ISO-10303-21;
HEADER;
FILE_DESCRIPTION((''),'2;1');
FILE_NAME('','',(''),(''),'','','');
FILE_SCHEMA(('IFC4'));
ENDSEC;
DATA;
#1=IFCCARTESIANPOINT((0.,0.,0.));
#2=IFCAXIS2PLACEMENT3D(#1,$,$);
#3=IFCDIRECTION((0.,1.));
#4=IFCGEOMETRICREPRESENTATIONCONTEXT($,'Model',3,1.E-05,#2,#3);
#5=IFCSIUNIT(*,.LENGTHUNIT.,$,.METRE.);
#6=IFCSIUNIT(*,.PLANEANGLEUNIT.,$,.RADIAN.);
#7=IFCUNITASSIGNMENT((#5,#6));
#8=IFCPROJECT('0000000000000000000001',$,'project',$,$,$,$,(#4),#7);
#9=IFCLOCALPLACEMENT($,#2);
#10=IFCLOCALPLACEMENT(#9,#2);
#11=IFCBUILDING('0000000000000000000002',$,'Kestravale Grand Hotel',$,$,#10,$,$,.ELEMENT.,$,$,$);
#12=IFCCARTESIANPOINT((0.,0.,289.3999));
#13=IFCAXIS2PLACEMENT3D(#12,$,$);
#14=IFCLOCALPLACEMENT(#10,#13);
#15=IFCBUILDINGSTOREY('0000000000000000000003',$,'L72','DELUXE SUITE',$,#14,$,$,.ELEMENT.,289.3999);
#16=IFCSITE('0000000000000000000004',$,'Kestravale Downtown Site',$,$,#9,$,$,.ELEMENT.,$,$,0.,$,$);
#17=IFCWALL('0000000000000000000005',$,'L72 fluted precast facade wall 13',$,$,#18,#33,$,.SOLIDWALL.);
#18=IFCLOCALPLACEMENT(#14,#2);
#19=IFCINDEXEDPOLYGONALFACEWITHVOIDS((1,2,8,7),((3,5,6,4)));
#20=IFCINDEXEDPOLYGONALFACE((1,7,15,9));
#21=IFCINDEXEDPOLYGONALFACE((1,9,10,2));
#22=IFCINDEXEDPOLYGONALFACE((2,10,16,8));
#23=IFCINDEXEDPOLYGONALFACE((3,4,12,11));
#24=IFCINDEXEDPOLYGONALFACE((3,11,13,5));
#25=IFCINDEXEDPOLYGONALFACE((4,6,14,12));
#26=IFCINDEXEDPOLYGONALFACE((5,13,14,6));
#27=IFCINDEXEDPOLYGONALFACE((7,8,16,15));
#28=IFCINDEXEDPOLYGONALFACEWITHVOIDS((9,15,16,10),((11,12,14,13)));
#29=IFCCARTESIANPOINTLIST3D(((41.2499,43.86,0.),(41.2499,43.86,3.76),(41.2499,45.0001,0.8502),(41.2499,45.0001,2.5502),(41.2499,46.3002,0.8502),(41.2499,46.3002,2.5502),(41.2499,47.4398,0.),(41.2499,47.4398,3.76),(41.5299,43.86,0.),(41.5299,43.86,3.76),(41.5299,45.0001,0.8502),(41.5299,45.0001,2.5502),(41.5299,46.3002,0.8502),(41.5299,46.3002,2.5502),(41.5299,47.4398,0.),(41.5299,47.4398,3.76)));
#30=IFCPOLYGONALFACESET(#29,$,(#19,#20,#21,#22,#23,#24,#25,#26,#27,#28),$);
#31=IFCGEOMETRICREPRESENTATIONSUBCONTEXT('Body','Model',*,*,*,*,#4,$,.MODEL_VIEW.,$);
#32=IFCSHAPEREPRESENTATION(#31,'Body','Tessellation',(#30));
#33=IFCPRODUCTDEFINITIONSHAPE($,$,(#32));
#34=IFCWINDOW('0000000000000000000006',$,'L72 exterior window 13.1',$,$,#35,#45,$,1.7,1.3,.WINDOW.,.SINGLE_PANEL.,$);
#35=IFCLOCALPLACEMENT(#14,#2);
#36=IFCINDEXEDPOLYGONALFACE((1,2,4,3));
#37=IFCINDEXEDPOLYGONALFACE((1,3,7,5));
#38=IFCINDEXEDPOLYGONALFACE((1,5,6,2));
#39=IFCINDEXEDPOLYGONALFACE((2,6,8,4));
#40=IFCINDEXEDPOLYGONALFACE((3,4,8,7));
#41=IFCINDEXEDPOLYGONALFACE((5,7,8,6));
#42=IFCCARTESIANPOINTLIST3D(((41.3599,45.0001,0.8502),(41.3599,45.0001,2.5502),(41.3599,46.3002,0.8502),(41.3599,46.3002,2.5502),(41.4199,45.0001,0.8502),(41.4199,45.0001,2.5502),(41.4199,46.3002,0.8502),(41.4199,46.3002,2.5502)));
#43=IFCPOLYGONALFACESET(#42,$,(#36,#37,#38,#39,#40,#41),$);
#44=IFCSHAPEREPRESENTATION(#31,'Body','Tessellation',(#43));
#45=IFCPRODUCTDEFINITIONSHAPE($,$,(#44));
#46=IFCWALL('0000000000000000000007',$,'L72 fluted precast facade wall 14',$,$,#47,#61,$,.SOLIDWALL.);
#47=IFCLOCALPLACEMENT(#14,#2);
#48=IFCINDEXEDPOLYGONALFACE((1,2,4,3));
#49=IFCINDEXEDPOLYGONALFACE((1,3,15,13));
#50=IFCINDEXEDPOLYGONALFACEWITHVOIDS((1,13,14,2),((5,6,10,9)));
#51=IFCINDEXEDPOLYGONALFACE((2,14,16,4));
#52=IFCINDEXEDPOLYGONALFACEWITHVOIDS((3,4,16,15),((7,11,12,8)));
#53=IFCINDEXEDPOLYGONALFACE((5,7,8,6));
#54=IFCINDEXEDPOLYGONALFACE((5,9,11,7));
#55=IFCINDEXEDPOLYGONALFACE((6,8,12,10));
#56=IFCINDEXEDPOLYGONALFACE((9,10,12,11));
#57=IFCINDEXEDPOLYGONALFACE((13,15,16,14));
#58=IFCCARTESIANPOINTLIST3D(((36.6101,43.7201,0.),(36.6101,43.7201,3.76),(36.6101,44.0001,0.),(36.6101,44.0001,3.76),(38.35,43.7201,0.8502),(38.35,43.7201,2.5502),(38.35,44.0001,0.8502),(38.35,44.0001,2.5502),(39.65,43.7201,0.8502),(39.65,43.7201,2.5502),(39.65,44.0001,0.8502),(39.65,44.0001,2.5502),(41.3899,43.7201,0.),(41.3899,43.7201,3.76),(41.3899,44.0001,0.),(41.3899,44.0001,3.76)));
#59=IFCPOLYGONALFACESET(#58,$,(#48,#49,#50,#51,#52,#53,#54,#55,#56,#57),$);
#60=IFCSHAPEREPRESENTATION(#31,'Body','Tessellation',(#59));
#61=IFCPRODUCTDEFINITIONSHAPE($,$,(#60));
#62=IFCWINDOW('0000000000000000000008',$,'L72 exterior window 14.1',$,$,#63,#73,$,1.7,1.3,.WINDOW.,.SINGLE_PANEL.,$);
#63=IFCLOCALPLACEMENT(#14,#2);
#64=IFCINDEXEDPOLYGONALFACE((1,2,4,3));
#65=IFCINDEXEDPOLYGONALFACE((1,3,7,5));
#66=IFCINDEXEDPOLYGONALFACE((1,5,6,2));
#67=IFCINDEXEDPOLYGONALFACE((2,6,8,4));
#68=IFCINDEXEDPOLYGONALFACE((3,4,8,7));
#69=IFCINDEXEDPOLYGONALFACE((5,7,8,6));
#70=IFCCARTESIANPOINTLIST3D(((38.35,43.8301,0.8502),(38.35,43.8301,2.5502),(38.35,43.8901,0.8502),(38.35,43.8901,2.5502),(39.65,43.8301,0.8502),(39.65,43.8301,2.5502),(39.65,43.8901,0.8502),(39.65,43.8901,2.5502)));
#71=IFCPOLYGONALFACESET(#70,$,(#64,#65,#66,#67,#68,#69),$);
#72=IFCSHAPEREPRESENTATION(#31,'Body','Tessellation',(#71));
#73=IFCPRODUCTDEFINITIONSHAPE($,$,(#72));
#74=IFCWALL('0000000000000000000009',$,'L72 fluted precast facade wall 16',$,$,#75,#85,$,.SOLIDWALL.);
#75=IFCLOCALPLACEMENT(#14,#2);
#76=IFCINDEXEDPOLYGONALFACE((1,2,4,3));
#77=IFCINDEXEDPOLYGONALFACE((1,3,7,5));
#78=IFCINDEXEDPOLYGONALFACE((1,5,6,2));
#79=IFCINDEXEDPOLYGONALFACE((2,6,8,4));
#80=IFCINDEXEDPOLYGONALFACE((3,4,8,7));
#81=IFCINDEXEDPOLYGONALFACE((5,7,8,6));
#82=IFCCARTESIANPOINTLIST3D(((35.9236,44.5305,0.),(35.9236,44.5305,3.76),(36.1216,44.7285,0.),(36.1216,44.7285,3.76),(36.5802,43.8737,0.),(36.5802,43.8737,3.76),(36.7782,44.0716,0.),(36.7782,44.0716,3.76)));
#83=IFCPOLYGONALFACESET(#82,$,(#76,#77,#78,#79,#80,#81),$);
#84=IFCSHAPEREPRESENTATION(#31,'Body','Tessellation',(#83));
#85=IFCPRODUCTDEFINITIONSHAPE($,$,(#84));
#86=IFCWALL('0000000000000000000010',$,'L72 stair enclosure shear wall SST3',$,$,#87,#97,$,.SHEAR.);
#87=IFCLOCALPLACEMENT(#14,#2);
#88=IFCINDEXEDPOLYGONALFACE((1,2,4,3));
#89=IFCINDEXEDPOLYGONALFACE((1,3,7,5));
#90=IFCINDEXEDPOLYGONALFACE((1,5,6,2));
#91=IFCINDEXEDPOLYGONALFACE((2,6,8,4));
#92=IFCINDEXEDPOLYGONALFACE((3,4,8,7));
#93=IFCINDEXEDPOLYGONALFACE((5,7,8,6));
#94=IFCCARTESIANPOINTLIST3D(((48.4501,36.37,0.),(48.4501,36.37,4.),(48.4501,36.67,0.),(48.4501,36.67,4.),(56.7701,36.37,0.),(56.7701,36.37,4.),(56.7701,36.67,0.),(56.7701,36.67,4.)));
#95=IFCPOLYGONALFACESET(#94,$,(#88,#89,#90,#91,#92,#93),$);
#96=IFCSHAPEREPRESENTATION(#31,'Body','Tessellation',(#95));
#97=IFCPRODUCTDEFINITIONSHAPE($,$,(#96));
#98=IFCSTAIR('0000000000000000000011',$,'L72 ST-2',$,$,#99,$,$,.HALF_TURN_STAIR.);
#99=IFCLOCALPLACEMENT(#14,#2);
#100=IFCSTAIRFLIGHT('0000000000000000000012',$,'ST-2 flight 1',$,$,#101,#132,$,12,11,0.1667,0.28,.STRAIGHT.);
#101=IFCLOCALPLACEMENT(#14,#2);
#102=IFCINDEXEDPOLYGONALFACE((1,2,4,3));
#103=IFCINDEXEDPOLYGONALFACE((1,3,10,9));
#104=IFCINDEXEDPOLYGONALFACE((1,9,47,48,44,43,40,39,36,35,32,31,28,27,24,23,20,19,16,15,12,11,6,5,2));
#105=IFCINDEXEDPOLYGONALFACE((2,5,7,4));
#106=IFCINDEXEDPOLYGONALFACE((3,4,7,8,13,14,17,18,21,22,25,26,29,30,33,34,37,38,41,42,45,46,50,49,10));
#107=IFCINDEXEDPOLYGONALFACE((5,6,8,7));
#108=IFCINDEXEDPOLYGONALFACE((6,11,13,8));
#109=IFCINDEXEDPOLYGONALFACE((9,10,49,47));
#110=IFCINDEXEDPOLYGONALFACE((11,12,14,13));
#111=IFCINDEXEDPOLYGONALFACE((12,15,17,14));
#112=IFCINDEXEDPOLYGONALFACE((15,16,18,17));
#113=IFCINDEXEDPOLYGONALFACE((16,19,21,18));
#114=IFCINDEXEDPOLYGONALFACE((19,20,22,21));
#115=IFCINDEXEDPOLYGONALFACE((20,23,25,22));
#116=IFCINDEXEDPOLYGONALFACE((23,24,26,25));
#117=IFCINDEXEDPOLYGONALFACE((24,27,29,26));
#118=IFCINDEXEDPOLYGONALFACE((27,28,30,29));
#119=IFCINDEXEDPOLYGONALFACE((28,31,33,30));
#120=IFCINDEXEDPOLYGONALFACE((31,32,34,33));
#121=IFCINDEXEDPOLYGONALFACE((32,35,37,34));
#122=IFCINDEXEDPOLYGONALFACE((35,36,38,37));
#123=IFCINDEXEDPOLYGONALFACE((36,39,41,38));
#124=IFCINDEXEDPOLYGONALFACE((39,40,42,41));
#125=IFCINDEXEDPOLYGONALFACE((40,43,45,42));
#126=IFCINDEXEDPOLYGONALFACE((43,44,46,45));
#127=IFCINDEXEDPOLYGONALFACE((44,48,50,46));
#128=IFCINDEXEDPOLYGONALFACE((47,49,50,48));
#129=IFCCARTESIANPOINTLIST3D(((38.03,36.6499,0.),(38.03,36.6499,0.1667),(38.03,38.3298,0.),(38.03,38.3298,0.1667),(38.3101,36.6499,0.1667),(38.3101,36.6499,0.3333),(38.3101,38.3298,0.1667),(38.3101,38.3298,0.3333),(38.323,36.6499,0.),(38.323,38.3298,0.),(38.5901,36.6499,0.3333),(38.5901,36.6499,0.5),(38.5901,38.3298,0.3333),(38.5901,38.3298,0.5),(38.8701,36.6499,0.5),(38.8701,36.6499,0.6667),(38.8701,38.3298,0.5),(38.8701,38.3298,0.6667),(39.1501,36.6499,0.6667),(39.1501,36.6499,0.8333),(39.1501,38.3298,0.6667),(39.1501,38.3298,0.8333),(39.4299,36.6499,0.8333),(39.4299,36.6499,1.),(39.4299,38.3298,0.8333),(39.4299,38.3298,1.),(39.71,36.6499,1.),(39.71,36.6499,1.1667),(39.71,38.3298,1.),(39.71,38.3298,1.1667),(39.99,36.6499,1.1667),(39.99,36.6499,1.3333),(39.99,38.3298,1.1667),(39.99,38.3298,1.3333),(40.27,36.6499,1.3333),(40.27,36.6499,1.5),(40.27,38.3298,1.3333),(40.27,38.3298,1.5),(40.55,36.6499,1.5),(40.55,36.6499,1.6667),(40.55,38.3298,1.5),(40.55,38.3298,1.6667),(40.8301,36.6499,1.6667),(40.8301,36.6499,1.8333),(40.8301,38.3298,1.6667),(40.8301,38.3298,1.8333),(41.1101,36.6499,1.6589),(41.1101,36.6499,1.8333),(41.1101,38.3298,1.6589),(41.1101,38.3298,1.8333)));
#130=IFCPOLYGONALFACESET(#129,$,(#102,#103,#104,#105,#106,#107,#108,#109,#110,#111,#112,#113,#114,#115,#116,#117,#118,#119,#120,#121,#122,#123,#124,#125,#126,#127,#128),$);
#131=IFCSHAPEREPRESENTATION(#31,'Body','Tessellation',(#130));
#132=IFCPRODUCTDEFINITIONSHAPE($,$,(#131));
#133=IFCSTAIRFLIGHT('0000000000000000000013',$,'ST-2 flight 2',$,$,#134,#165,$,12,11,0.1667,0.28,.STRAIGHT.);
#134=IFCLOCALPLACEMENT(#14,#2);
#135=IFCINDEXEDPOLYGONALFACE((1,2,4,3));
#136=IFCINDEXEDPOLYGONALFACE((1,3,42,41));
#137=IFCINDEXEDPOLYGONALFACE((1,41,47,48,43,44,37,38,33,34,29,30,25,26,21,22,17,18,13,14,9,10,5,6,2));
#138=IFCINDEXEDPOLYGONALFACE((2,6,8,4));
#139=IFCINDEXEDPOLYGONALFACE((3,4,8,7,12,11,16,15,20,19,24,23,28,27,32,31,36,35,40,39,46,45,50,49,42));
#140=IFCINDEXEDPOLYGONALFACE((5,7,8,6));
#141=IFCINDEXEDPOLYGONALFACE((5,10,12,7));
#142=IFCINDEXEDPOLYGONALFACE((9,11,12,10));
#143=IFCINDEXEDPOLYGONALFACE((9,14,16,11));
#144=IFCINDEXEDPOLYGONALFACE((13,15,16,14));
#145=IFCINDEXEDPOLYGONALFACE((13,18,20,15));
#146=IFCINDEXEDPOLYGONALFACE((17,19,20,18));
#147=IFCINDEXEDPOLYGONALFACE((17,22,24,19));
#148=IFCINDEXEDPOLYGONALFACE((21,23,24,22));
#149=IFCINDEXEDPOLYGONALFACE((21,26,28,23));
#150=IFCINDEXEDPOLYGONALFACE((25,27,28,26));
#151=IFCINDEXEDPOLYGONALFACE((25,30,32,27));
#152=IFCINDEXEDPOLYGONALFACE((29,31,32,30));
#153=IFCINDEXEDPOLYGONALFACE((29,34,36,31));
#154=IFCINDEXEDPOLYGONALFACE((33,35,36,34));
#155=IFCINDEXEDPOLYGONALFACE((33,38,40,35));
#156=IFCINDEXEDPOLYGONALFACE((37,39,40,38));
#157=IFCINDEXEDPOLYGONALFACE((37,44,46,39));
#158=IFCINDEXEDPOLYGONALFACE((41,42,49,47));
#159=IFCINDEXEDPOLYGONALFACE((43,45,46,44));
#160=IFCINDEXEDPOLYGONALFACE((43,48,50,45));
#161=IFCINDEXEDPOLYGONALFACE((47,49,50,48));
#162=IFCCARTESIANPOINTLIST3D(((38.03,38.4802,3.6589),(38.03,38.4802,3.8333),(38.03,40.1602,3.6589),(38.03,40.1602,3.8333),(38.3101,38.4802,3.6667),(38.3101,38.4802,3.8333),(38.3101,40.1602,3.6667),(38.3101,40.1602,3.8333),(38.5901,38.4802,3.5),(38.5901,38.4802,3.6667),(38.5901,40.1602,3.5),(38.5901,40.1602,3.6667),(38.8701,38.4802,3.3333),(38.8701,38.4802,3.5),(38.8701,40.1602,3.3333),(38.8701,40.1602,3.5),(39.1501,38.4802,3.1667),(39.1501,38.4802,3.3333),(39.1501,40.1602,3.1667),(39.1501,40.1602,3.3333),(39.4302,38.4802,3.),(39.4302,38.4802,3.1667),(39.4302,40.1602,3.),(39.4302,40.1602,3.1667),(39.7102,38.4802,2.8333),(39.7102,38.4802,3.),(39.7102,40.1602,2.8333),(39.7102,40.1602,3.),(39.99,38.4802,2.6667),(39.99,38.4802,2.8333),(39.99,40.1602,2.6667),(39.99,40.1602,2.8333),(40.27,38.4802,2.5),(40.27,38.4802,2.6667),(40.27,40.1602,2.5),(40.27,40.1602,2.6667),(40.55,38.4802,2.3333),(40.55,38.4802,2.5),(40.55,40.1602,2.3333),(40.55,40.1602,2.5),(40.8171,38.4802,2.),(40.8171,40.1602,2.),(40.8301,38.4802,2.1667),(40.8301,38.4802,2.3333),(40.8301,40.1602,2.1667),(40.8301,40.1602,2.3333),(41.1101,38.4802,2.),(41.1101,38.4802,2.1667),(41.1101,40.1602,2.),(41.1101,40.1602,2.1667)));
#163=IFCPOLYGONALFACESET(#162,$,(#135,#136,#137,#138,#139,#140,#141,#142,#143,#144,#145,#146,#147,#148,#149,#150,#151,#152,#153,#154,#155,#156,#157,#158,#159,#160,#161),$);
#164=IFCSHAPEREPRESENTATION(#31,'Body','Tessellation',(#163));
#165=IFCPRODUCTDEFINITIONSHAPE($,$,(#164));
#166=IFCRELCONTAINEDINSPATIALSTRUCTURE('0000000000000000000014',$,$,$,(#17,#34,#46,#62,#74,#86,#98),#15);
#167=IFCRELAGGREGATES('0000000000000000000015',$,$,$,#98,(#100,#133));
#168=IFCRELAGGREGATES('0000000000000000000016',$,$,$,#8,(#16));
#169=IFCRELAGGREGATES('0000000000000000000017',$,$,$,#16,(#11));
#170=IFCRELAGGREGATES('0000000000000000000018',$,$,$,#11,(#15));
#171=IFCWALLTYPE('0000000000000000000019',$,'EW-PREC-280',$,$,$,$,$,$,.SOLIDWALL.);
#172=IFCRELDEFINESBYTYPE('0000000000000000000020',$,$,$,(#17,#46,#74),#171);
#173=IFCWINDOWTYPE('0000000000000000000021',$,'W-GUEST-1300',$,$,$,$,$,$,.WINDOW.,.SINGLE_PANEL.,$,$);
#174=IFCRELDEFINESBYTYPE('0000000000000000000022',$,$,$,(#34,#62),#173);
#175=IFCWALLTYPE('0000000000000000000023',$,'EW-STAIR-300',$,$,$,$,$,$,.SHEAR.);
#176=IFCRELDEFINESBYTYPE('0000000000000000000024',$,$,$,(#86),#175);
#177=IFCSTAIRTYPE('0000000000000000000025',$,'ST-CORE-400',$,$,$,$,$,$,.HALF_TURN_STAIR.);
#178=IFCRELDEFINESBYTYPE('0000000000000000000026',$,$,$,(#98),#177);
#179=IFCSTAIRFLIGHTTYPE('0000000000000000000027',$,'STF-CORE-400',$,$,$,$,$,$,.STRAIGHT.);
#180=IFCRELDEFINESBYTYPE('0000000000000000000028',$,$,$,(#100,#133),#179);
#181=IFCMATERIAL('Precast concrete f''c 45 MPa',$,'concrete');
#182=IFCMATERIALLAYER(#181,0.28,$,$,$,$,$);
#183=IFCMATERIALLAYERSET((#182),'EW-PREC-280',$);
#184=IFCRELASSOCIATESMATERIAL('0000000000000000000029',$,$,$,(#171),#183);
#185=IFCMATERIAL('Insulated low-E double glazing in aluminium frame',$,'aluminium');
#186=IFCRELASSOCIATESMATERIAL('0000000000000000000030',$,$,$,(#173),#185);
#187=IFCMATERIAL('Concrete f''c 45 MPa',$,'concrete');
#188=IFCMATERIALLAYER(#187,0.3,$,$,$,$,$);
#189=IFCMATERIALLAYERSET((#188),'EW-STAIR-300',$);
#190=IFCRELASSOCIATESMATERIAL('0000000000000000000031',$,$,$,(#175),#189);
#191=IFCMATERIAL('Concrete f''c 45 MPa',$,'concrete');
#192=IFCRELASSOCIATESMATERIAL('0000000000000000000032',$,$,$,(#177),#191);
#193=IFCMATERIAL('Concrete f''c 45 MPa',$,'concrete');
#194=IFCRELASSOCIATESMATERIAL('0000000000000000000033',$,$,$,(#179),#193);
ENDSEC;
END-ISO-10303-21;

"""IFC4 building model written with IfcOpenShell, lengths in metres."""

from ifc_helpers import new_model, si_unit, direction, frame, frame_2d, origin, place, context, subcontext, project, spatial, polyline, rectangle, outline, extrude, material, layer, layer_set, type_object, element, fill, aggregate, save


model = new_model("IFC4")

# Units and contexts
model_context = context("Model", 3, precision=1e-05, world=origin(), true_north=direction((0.0, 1.0)))
body_context = subcontext(model_context, "Body", "Model", "MODEL_VIEW")
ifc_project = project(units=[si_unit("LENGTHUNIT", "METRE"), si_unit("PLANEANGLEUNIT", "RADIAN")], contexts=[model_context])

# Site, building, storey
site_placement = place(None, origin())
site = spatial("IfcSite", under=ifc_project, at=site_placement, Name="Kestravale Downtown Site", CompositionType="ELEMENT", RefElevation=0.0)
building_placement = place(site_placement, origin())
building = spatial("IfcBuilding", under=site, at=building_placement, Name="Kestravale Grand Hotel", CompositionType="ELEMENT")
storey_placement = place(building_placement, frame((0.0, 0.0, 289.3999)))
storey = spatial("IfcBuildingStorey", under=building, at=storey_placement, Name="L72", Description="DELUXE SUITE", CompositionType="ELEMENT", Elevation=289.3999)

# Shared definitions
ifc_material_1 = material(Name="Precast concrete f'c 45 MPa", Category="concrete")
ifc_layer_1 = layer(ifc_material_1, 0.28)
ifc_layer_set_1 = layer_set([ifc_layer_1], Name="EW-PREC-280")
wall_type_1 = type_object("IfcWallType", Name="EW-PREC-280", PredefinedType="SOLIDWALL", material=ifc_layer_set_1)

# Walls, openings, windows
wall_1_placement = place(storey_placement, frame((41.3899, 47.4399, 0.0), z_axis=(0.0, 0.0, 1.0), x_axis=(0.0, -1.0, 0.0)))
wall_1 = element("IfcWall", 1, at=wall_1_placement, inside=storey, type_object=wall_type_1, Name="L72 fluted precast facade wall 13", PredefinedType="SOLIDWALL", context=body_context, shape_type="SweptSolid", body=[
    extrude(rectangle(XDim=3.5798, YDim=0.28, at=frame_2d((1.79, 0.0))), origin(), (0.0, 0.0, 1.0), 3.76),
])
opening_1_placement = place(wall_1_placement, frame((1.1399, 0.0, 0.8501)))
opening_1 = element("IfcOpeningElement", 2, at=opening_1_placement, cuts=wall_1, PredefinedType="OPENING", context=body_context, shape_type="SweptSolid", body=[
    extrude(rectangle(XDim=1.3, YDim=1.7, at=frame_2d((0.6499, 0.8501))), frame((0.0, 0.1499, 0.0), z_axis=(0.0, -1.0, 0.0), x_axis=(1.0, 0.0, 0.0)), (0.0, 0.0, 1.0), 0.3),
])
ifc_material_2 = material(Name="Insulated low-E double glazing in aluminium frame", Category="aluminium")
window_type = type_object("IfcWindowType", Name="W-GUEST-1300", PartitioningType="SINGLE_PANEL", PredefinedType="WINDOW", material=ifc_material_2)
window_1_placement = place(opening_1_placement, origin())
window_1 = element("IfcWindow", 3, at=window_1_placement, inside=storey, type_object=window_type, Name="L72 exterior window 13.1", OverallHeight=1.7, OverallWidth=1.3, PartitioningType="SINGLE_PANEL", PredefinedType="WINDOW", context=body_context, shape_type="SweptSolid", body=[
    extrude(rectangle(XDim=1.3, YDim=1.7, at=frame_2d((0.6499, 0.8501))), frame((0.0, 0.03, 0.0), z_axis=(0.0, -1.0, 0.0), x_axis=(1.0, 0.0, 0.0)), (0.0, 0.0, 1.0), 0.0601),
])
fill(opening_1, window_1)
wall_2_placement = place(storey_placement, frame((41.3899, 43.8601, 0.0), z_axis=(0.0, 0.0, 1.0), x_axis=(-1.0, 0.0, 0.0)))
wall_2 = element("IfcWall", 4, at=wall_2_placement, inside=storey, type_object=wall_type_1, Name="L72 fluted precast facade wall 14", PredefinedType="SOLIDWALL", context=body_context, shape_type="SweptSolid", body=[
    extrude(rectangle(XDim=4.7798, YDim=0.28, at=frame_2d((2.3899, 0.0))), origin(), (0.0, 0.0, 1.0), 3.76),
])
opening_2_placement = place(wall_2_placement, frame((1.74, 0.0, 0.8501)))
opening_2 = element("IfcOpeningElement", 5, at=opening_2_placement, cuts=wall_2, PredefinedType="OPENING", context=body_context, shape_type="SweptSolid", body=[
    extrude(rectangle(XDim=1.3, YDim=1.7, at=frame_2d((0.6499, 0.8501))), frame((0.0, 0.1499, 0.0), z_axis=(0.0, -1.0, 0.0), x_axis=(1.0, 0.0, 0.0)), (0.0, 0.0, 1.0), 0.3),
])
window_2_placement = place(opening_2_placement, origin())
window_2 = element("IfcWindow", 6, at=window_2_placement, inside=storey, type_object=window_type, Name="L72 exterior window 14.1", OverallHeight=1.7, OverallWidth=1.3, PartitioningType="SINGLE_PANEL", PredefinedType="WINDOW", context=body_context, shape_type="SweptSolid", body=[
    extrude(rectangle(XDim=1.3, YDim=1.7, at=frame_2d((0.6499, 0.8501))), frame((0.0, 0.03, 0.0), z_axis=(0.0, -1.0, 0.0), x_axis=(1.0, 0.0, 0.0)), (0.0, 0.0, 1.0), 0.0601),
])
fill(opening_2, window_2)

# Walls
wall_3_placement = place(storey_placement, frame((36.6792, 43.9727, 0.0), z_axis=(0.0, 0.0, 1.0), x_axis=(-0.706975, 0.707238, 0.0)))
element("IfcWall", 7, at=wall_3_placement, inside=storey, type_object=wall_type_1, Name="L72 fluted precast facade wall 16", PredefinedType="SOLIDWALL", context=body_context, shape_type="SweptSolid", body=[
    extrude(rectangle(XDim=0.9287, YDim=0.28, at=frame_2d((0.4644, 0.0))), origin(), (0.0, 0.0, 1.0), 3.76),
])
ifc_material_3 = material(Name="Concrete f'c 45 MPa", Category="concrete")
ifc_layer_2 = layer(ifc_material_3, 0.3)
ifc_layer_set_2 = layer_set([ifc_layer_2], Name="EW-STAIR-300")
wall_type_2 = type_object("IfcWallType", Name="EW-STAIR-300", PredefinedType="SHEAR", material=ifc_layer_set_2)
wall_4_placement = place(storey_placement, frame((48.45, 36.52, 0.0), z_axis=(0.0, 0.0, 1.0), x_axis=(1.0, 0.0, 0.0)))
element("IfcWall", 8, at=wall_4_placement, inside=storey, type_object=wall_type_2, Name="L72 stair enclosure shear wall SST3", PredefinedType="SHEAR", context=body_context, shape_type="SweptSolid", body=[
    extrude(rectangle(XDim=8.3201, YDim=0.3, at=frame_2d((4.1602, 0.0))), origin(), (0.0, 0.0, 1.0), 4.0),
])

# Stair, stair flights
ifc_material_4 = material(Name="Concrete f'c 45 MPa", Category="concrete")
stair_type = type_object("IfcStairType", Name="ST-CORE-400", PredefinedType="HALF_TURN_STAIR", material=ifc_material_4)
stair_placement = place(storey_placement, origin())
stair = element("IfcStair", 9, at=stair_placement, inside=storey, type_object=stair_type, Name="L72 ST-2", PredefinedType="HALF_TURN_STAIR")
ifc_material_5 = material(Name="Concrete f'c 45 MPa", Category="concrete")
stair_flight_type = type_object("IfcStairFlightType", Name="STF-CORE-400", PredefinedType="STRAIGHT", material=ifc_material_5)
stair_flight_1_placement = place(storey_placement, frame((38.03, 37.49, 0.0), z_axis=(0.0, 0.0, 1.0), x_axis=(1.0, 0.0, 0.0)))
stair_flight_1 = element("IfcStairFlight", 10, at=stair_flight_1_placement, type_object=stair_flight_type, Name="ST-2 flight 1", NumberOfRisers=12, NumberOfTreads=11, PredefinedType="STRAIGHT", RiserHeight=0.1667, TreadLength=0.28, context=body_context, shape_type="SweptSolid", body=[
    extrude(outline(polyline([(0.0, 0.0), (0.0, 0.1667), (0.28, 0.1667), (0.28, 0.3333), (0.5601, 0.3333), (0.5601, 0.5), (0.8401, 0.5), (0.8401, 0.6667), (1.1201, 0.6667), (1.1201, 0.8333), (1.3999, 0.8333), (1.3999, 1.0), (1.6799, 1.0), (1.6799, 1.1667), (1.96, 1.1667), (1.96, 1.3333), (2.24, 1.3333), (2.24, 1.5), (2.52, 1.5), (2.52, 1.6667), (2.8, 1.6667), (2.8, 1.8333), (3.0801, 1.8333), (3.0801, 2.0), (3.0801, 1.6589), (0.293, 0.0), (0.0, 0.0)])), frame((0.0, 0.8398, 0.0), z_axis=(0.0, -1.0, 0.0), x_axis=(1.0, 0.0, 0.0)), (0.0, 0.0, 1.0), 1.6799),
])
stair_flight_2_placement = place(storey_placement, frame((41.1101, 39.3201, 2.0), z_axis=(0.0, 0.0, 1.0), x_axis=(-1.0, 0.0, 0.0)))
stair_flight_2 = element("IfcStairFlight", 11, at=stair_flight_2_placement, type_object=stair_flight_type, Name="ST-2 flight 2", NumberOfRisers=12, NumberOfTreads=11, PredefinedType="STRAIGHT", RiserHeight=0.1667, TreadLength=0.28, context=body_context, shape_type="SweptSolid", body=[
    extrude(outline(polyline([(0.0, 0.0), (0.0, 0.1667), (0.28, 0.1667), (0.28, 0.3333), (0.5601, 0.3333), (0.5601, 0.5), (0.8401, 0.5), (0.8401, 0.6667), (1.1201, 0.6667), (1.1201, 0.8333), (1.3999, 0.8333), (1.3999, 1.0), (1.6799, 1.0), (1.6799, 1.1667), (1.96, 1.1667), (1.96, 1.3333), (2.24, 1.3333), (2.24, 1.5), (2.52, 1.5), (2.52, 1.6667), (2.8, 1.6667), (2.8, 1.8333), (3.0801, 1.8333), (3.0801, 2.0), (3.0801, 1.6589), (0.293, 0.0), (0.0, 0.0)])), frame((0.0, 0.8398, 0.0), z_axis=(0.0, -1.0, 0.0), x_axis=(1.0, 0.0, 0.0)), (0.0, 0.0, 1.0), 1.6799),
])
aggregate(stair, [stair_flight_1, stair_flight_2])

save(model, "model.ifc")
